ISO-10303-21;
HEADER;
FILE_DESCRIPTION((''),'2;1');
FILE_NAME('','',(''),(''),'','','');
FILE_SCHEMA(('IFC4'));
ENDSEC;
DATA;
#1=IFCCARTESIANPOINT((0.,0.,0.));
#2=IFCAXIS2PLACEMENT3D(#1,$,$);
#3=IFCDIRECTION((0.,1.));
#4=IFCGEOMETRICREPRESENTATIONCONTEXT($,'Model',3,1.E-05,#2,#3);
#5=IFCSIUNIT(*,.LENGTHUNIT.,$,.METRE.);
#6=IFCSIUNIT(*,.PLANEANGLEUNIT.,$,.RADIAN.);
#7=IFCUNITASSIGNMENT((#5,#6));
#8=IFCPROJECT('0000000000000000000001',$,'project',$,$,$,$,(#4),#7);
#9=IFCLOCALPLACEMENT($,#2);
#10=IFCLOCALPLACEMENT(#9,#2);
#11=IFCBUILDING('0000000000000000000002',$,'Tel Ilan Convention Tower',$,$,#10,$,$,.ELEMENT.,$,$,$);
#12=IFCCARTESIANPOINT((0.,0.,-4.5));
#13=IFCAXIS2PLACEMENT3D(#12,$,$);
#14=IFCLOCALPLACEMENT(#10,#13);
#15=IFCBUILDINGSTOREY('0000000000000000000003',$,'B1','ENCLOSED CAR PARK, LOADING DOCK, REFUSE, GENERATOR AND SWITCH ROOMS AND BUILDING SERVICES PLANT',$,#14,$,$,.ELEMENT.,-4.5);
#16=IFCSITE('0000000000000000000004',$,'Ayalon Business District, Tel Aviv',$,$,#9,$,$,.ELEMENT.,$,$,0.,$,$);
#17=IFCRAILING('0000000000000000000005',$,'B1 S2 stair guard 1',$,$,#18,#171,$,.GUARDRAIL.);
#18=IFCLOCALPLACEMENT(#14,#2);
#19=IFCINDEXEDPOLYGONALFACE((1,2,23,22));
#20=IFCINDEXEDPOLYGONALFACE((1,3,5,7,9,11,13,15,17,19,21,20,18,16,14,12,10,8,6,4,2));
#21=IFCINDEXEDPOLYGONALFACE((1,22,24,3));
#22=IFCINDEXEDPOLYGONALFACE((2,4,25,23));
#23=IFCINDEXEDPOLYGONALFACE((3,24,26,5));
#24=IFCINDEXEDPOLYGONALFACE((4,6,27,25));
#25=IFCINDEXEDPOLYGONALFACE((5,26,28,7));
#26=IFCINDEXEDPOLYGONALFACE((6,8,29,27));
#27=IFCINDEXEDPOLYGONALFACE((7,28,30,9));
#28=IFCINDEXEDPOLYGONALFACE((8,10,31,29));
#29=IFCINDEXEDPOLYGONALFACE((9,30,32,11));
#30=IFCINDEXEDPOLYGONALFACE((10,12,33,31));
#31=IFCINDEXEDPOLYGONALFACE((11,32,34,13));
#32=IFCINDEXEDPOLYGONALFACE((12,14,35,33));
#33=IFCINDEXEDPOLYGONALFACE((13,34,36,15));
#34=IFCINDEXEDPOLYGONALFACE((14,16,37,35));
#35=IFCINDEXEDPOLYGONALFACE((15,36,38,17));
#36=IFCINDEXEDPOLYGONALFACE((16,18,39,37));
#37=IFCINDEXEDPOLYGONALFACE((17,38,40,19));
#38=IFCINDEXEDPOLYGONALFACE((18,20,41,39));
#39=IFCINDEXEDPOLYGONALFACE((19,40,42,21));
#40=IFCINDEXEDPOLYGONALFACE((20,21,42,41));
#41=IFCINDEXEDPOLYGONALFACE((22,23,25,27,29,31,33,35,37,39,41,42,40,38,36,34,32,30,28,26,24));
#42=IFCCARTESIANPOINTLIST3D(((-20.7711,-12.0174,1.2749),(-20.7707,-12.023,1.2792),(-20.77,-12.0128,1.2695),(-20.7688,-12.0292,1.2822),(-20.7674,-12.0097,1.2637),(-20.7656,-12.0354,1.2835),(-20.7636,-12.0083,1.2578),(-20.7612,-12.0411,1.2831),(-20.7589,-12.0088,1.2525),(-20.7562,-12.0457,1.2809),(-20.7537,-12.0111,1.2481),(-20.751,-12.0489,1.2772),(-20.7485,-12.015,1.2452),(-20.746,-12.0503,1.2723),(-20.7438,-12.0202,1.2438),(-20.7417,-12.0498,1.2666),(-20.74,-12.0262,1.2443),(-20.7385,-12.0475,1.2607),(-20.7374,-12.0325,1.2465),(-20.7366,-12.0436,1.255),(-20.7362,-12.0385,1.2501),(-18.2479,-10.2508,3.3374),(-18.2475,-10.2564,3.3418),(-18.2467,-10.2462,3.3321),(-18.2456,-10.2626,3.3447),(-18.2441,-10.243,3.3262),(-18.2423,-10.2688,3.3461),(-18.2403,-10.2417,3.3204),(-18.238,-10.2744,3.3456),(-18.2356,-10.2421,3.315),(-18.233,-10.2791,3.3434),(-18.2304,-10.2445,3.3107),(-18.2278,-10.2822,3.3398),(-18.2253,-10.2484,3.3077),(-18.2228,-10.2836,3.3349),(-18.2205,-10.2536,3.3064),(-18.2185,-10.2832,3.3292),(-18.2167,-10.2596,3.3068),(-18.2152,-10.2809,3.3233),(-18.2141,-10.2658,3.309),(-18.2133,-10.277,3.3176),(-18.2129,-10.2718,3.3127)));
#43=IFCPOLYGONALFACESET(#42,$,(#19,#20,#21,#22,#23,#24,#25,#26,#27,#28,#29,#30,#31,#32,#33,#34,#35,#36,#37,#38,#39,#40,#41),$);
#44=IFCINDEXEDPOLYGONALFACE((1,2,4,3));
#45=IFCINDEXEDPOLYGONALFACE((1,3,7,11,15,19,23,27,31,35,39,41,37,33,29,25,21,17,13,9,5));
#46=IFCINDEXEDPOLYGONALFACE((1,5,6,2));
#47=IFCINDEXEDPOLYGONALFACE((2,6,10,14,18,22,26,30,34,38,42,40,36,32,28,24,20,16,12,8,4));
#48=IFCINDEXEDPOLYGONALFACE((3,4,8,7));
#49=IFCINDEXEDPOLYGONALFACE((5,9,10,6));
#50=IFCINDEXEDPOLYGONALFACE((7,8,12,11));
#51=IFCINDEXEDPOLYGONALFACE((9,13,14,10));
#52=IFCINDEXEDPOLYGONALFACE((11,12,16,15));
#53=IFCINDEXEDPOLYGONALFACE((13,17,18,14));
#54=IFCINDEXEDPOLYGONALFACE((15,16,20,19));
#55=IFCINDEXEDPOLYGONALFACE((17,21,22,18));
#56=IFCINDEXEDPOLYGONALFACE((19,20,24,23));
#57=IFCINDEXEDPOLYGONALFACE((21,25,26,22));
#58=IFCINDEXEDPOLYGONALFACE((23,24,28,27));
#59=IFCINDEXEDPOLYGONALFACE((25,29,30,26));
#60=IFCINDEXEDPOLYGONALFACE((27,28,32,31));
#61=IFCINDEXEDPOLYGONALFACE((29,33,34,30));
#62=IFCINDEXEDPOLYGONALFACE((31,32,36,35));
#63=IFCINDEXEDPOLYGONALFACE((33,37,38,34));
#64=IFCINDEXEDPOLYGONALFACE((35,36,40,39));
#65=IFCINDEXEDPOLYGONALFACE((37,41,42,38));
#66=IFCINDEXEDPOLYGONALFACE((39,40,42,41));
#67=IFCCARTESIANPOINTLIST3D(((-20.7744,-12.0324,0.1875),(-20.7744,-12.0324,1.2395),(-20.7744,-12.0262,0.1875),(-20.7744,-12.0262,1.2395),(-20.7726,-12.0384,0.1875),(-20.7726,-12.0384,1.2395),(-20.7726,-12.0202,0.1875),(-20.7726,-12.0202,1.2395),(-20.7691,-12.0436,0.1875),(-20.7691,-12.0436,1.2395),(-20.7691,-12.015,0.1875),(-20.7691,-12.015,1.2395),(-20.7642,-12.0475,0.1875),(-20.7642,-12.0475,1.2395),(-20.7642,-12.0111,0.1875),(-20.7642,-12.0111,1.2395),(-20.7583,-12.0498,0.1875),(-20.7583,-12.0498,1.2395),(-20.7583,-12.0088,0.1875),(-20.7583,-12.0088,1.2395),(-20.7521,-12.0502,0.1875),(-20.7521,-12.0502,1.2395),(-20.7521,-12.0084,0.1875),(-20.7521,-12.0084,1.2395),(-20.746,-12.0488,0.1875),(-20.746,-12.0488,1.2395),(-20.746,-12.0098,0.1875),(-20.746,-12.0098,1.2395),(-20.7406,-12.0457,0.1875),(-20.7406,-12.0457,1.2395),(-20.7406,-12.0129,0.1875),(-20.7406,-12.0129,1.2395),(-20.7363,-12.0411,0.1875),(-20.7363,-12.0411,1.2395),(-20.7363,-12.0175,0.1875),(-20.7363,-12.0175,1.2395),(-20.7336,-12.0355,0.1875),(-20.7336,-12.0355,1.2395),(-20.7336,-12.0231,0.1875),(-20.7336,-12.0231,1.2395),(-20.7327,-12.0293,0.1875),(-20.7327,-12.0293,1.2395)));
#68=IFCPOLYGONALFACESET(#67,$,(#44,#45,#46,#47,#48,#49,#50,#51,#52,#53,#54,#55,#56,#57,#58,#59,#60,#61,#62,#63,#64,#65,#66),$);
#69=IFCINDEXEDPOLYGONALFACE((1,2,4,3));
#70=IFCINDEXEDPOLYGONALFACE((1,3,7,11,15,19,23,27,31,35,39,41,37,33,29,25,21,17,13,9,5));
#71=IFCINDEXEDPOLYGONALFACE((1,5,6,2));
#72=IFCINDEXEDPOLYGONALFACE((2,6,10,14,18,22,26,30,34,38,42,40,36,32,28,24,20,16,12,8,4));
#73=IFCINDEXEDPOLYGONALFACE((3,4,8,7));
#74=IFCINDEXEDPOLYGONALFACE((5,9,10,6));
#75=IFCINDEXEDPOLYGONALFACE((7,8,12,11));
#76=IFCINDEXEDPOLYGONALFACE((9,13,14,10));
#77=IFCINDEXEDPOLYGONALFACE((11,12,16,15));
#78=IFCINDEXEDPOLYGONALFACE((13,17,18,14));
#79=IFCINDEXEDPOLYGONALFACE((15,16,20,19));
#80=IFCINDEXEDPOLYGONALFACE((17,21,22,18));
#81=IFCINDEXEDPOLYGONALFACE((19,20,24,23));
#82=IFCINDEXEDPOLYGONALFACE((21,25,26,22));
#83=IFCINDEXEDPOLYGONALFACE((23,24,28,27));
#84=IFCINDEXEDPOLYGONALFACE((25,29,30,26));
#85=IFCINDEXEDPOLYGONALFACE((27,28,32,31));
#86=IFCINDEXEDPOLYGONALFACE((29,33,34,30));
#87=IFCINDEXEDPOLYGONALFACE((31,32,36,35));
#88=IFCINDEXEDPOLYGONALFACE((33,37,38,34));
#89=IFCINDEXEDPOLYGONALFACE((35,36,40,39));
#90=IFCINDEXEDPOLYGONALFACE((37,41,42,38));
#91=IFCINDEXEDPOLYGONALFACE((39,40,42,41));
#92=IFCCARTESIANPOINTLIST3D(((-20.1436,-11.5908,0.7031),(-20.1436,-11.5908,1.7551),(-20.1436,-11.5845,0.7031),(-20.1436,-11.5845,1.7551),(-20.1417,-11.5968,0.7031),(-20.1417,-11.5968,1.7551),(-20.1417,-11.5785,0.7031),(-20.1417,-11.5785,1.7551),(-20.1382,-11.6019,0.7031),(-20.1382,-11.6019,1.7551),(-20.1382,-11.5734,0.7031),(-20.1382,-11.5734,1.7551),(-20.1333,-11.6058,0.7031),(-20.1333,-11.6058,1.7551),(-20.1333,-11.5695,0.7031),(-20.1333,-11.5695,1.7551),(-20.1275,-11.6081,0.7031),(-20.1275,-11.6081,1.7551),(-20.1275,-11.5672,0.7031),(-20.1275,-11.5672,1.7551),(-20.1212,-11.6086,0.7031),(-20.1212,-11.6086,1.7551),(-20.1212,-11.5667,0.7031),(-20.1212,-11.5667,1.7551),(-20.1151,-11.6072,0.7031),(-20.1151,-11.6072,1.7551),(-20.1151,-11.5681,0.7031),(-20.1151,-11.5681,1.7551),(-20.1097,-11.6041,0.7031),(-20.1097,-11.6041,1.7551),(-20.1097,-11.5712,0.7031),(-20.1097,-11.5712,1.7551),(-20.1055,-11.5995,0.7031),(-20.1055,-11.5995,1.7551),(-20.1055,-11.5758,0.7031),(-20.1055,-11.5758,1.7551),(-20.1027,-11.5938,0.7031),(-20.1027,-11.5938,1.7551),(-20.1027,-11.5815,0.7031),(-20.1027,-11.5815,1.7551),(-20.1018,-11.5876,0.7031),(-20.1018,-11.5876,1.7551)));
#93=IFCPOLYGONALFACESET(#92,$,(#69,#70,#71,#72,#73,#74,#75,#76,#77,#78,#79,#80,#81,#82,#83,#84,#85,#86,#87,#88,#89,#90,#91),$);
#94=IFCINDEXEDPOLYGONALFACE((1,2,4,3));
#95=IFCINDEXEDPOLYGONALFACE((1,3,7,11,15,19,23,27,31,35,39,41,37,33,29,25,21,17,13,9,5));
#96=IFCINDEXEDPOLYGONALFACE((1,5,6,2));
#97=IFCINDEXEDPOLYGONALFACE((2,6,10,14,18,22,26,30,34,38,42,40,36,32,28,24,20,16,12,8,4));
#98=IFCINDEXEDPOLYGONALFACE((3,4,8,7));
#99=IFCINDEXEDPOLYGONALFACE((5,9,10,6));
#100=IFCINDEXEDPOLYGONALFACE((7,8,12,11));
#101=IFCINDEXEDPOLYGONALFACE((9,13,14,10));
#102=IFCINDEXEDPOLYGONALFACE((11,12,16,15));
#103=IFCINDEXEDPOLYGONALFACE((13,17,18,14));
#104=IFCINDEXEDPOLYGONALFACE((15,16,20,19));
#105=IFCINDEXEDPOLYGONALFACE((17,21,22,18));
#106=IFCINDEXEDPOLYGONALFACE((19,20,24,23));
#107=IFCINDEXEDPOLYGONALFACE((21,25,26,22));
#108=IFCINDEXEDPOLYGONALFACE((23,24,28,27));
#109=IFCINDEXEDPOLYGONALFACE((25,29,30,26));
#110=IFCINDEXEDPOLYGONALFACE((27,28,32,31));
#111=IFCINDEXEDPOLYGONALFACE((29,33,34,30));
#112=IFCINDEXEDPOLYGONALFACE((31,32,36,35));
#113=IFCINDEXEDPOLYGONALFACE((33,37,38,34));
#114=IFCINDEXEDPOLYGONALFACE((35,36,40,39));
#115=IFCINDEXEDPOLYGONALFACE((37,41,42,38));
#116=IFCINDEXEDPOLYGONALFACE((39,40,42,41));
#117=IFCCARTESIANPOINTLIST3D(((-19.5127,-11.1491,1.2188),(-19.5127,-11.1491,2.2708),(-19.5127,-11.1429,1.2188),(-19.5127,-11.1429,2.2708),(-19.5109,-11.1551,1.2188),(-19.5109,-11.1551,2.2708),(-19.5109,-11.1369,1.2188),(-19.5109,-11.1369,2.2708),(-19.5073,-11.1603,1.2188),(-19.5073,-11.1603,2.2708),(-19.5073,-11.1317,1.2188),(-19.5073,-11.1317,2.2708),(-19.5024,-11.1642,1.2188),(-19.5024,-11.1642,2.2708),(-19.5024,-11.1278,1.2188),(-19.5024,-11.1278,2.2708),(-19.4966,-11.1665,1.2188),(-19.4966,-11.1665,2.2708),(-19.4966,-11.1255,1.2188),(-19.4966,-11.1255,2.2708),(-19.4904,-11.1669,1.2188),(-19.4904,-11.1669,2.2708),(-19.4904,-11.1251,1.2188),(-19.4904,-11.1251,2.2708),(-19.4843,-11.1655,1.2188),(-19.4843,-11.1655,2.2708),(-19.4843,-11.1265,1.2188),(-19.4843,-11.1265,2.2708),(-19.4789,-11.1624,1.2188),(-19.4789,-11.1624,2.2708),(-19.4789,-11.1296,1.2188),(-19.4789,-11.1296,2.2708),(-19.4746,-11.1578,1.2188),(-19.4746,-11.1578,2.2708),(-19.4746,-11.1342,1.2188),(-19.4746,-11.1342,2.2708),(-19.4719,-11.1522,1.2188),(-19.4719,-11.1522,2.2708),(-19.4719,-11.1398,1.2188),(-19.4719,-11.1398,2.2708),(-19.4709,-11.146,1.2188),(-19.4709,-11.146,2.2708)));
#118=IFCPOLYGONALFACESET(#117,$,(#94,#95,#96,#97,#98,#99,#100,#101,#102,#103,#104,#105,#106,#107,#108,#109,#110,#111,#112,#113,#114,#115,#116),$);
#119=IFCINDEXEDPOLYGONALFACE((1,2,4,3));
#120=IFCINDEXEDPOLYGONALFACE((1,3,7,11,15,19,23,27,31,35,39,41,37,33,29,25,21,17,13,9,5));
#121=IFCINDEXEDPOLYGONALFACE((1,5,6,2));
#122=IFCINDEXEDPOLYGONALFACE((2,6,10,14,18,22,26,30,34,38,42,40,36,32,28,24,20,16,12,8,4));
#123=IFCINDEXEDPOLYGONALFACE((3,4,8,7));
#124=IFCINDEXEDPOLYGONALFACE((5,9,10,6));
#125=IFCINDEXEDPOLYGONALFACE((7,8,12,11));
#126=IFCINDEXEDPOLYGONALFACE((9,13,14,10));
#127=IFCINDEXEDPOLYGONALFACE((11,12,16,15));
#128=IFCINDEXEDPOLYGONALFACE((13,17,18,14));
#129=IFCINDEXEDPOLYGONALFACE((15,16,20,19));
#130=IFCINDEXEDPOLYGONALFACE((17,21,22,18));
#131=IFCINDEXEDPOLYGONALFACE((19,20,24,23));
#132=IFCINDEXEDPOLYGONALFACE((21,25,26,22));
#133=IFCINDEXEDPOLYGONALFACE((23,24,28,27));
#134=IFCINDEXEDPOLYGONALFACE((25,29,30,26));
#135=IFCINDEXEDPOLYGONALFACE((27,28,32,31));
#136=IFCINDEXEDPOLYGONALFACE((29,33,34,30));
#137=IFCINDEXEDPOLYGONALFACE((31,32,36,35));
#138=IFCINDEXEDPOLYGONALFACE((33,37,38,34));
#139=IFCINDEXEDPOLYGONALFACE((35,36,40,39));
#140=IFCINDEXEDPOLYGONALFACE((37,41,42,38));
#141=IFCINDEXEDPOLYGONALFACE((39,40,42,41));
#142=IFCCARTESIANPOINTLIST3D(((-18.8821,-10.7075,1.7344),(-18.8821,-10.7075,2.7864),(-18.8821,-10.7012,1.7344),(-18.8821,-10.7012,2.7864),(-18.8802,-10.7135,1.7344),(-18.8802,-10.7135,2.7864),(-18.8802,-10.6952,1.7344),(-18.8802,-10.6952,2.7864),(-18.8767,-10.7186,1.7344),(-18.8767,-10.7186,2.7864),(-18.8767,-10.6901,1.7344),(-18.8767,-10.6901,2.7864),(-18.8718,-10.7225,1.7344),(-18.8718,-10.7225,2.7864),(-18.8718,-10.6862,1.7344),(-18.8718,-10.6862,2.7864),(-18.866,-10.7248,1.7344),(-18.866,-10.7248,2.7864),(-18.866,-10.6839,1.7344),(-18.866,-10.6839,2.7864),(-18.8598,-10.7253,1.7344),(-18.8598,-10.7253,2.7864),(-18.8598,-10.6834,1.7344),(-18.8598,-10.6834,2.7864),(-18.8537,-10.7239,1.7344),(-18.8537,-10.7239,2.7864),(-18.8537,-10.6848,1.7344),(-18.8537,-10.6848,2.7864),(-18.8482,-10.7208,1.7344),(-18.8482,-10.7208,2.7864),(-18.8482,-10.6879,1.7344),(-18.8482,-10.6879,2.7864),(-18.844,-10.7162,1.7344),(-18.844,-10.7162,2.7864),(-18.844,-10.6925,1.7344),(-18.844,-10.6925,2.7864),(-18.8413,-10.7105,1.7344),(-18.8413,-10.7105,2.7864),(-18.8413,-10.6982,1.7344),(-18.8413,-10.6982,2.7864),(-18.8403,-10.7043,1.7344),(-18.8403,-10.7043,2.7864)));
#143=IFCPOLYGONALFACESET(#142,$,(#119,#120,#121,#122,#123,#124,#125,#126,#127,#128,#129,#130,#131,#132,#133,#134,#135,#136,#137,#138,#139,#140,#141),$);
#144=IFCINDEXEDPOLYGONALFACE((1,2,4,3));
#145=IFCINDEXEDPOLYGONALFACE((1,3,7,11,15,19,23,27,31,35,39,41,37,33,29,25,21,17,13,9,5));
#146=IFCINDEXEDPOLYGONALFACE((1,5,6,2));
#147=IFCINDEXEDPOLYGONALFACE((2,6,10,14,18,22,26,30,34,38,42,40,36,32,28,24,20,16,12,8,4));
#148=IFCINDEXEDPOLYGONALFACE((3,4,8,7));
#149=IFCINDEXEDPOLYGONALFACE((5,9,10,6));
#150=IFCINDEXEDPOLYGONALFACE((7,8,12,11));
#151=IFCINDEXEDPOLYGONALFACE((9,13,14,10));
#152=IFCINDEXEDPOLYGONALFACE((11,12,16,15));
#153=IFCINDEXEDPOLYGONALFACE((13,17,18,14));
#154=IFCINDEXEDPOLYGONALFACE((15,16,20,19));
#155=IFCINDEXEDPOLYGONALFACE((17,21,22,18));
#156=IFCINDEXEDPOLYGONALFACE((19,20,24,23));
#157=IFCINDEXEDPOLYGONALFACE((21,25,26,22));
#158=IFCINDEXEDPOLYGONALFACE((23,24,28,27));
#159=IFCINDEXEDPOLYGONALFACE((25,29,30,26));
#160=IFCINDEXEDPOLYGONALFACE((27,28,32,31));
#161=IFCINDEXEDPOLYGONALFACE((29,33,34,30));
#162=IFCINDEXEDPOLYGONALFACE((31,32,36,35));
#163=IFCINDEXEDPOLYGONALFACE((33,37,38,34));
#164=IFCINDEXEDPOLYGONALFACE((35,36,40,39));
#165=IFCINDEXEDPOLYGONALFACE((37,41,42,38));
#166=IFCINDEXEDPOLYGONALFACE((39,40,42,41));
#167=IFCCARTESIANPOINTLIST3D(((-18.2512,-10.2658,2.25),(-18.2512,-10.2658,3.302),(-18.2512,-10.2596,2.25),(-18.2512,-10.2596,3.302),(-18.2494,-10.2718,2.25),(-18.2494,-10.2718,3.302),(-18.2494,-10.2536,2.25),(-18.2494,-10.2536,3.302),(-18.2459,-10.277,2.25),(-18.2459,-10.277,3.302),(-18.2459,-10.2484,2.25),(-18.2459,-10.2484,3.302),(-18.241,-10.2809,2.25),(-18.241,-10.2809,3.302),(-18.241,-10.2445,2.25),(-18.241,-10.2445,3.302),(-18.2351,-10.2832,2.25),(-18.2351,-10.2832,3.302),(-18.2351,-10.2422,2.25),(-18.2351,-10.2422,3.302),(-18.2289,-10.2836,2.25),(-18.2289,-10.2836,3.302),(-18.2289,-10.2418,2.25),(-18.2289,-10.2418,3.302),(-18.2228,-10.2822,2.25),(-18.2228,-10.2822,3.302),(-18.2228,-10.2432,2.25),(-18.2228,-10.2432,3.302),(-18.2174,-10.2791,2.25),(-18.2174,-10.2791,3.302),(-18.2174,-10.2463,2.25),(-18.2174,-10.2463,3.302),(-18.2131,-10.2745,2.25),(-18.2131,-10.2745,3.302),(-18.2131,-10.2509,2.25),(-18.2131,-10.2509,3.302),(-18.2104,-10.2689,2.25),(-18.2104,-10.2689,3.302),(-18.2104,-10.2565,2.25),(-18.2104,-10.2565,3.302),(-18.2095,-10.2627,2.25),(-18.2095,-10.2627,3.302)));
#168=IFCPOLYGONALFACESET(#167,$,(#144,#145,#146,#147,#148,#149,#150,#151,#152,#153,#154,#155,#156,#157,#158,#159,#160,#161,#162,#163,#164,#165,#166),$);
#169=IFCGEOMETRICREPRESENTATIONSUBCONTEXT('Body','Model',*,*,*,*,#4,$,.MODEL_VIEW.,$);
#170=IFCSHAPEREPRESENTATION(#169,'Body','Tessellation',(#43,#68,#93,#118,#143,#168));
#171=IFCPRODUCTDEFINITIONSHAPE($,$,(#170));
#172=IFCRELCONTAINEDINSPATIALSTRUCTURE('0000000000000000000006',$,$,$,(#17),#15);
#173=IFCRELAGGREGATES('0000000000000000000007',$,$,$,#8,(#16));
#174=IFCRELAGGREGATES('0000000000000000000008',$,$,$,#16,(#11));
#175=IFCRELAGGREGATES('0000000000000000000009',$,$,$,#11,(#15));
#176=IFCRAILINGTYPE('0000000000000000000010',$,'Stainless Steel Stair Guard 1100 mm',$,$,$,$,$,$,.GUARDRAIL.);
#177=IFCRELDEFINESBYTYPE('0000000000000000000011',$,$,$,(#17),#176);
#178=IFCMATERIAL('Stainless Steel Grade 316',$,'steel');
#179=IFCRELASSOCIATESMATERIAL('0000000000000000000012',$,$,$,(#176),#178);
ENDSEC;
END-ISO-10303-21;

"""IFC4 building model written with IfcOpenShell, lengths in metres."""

from ifc_helpers import new_model, si_unit, direction, frame, origin, origin_2d, place, context, subcontext, project, spatial, circle, extrude, material, type_object, element, save


model = new_model("IFC4")

# Units and contexts
model_context = context("Model", 3, precision=1e-05, world=origin(), true_north=direction((0.0, 1.0)))
body_context = subcontext(model_context, "Body", "Model", "MODEL_VIEW")
ifc_project = project(units=[si_unit("LENGTHUNIT", "METRE"), si_unit("PLANEANGLEUNIT", "RADIAN")], contexts=[model_context])

# Site, building, storey
site_placement = place(None, origin())
site = spatial("IfcSite", under=ifc_project, at=site_placement, Name="Ayalon Business District, Tel Aviv", CompositionType="ELEMENT", RefElevation=0.0)
building_placement = place(site_placement, origin())
building = spatial("IfcBuilding", under=site, at=building_placement, Name="Tel Ilan Convention Tower", CompositionType="ELEMENT")
storey_placement = place(building_placement, frame((0.0, 0.0, -4.5)))
storey = spatial("IfcBuildingStorey", under=building, at=storey_placement, Name="B1", Description="ENCLOSED CAR PARK, LOADING DOCK, REFUSE, GENERATOR AND SWITCH ROOMS AND BUILDING SERVICES PLANT", CompositionType="ELEMENT", Elevation=-4.5)

# Railing
ifc_material_1 = material(Name="Stainless Steel Grade 316", Category="steel")
railing_type_1 = type_object("IfcRailingType", Name="Stainless Steel Stair Guard 1100 mm", PredefinedType="GUARDRAIL", material=ifc_material_1)
railing_1_placement = place(storey_placement, frame((-20.7537, -12.0293, 0.1875)))
element("IfcRailing", 1, at=railing_1_placement, inside=storey, type_object=railing_type_1, Name="B1 S2 stair guard 1", PredefinedType="GUARDRAIL", context=body_context, shape_type="SweptSolid", body=[
    extrude(circle(Radius=0.0239, at=origin_2d()), frame((0.0, 0.0, 1.0762), z_axis=(0.68067, 0.476568, 0.556391), x_axis=(-0.573542, 0.819176, 0.0)), (0.0, 0.0, 1.0), 3.707),
    extrude(circle(Radius=0.021, at=origin_2d()), origin(), (0.0, 0.0, 1.0), 1.052),
    extrude(circle(Radius=0.021, at=origin_2d()), frame((0.6309, 0.4417, 0.5156)), (0.0, 0.0, 1.0), 1.052),
    extrude(circle(Radius=0.021, at=origin_2d()), frame((1.2617, 0.8833, 1.0312)), (0.0, 0.0, 1.0), 1.052),
    extrude(circle(Radius=0.021, at=origin_2d()), frame((1.8923, 1.325, 1.5469)), (0.0, 0.0, 1.0), 1.052),
    extrude(circle(Radius=0.021, at=origin_2d()), frame((2.5232, 1.7666, 2.0625)), (0.0, 0.0, 1.0), 1.052),
])

save(model, "model.ifc")
